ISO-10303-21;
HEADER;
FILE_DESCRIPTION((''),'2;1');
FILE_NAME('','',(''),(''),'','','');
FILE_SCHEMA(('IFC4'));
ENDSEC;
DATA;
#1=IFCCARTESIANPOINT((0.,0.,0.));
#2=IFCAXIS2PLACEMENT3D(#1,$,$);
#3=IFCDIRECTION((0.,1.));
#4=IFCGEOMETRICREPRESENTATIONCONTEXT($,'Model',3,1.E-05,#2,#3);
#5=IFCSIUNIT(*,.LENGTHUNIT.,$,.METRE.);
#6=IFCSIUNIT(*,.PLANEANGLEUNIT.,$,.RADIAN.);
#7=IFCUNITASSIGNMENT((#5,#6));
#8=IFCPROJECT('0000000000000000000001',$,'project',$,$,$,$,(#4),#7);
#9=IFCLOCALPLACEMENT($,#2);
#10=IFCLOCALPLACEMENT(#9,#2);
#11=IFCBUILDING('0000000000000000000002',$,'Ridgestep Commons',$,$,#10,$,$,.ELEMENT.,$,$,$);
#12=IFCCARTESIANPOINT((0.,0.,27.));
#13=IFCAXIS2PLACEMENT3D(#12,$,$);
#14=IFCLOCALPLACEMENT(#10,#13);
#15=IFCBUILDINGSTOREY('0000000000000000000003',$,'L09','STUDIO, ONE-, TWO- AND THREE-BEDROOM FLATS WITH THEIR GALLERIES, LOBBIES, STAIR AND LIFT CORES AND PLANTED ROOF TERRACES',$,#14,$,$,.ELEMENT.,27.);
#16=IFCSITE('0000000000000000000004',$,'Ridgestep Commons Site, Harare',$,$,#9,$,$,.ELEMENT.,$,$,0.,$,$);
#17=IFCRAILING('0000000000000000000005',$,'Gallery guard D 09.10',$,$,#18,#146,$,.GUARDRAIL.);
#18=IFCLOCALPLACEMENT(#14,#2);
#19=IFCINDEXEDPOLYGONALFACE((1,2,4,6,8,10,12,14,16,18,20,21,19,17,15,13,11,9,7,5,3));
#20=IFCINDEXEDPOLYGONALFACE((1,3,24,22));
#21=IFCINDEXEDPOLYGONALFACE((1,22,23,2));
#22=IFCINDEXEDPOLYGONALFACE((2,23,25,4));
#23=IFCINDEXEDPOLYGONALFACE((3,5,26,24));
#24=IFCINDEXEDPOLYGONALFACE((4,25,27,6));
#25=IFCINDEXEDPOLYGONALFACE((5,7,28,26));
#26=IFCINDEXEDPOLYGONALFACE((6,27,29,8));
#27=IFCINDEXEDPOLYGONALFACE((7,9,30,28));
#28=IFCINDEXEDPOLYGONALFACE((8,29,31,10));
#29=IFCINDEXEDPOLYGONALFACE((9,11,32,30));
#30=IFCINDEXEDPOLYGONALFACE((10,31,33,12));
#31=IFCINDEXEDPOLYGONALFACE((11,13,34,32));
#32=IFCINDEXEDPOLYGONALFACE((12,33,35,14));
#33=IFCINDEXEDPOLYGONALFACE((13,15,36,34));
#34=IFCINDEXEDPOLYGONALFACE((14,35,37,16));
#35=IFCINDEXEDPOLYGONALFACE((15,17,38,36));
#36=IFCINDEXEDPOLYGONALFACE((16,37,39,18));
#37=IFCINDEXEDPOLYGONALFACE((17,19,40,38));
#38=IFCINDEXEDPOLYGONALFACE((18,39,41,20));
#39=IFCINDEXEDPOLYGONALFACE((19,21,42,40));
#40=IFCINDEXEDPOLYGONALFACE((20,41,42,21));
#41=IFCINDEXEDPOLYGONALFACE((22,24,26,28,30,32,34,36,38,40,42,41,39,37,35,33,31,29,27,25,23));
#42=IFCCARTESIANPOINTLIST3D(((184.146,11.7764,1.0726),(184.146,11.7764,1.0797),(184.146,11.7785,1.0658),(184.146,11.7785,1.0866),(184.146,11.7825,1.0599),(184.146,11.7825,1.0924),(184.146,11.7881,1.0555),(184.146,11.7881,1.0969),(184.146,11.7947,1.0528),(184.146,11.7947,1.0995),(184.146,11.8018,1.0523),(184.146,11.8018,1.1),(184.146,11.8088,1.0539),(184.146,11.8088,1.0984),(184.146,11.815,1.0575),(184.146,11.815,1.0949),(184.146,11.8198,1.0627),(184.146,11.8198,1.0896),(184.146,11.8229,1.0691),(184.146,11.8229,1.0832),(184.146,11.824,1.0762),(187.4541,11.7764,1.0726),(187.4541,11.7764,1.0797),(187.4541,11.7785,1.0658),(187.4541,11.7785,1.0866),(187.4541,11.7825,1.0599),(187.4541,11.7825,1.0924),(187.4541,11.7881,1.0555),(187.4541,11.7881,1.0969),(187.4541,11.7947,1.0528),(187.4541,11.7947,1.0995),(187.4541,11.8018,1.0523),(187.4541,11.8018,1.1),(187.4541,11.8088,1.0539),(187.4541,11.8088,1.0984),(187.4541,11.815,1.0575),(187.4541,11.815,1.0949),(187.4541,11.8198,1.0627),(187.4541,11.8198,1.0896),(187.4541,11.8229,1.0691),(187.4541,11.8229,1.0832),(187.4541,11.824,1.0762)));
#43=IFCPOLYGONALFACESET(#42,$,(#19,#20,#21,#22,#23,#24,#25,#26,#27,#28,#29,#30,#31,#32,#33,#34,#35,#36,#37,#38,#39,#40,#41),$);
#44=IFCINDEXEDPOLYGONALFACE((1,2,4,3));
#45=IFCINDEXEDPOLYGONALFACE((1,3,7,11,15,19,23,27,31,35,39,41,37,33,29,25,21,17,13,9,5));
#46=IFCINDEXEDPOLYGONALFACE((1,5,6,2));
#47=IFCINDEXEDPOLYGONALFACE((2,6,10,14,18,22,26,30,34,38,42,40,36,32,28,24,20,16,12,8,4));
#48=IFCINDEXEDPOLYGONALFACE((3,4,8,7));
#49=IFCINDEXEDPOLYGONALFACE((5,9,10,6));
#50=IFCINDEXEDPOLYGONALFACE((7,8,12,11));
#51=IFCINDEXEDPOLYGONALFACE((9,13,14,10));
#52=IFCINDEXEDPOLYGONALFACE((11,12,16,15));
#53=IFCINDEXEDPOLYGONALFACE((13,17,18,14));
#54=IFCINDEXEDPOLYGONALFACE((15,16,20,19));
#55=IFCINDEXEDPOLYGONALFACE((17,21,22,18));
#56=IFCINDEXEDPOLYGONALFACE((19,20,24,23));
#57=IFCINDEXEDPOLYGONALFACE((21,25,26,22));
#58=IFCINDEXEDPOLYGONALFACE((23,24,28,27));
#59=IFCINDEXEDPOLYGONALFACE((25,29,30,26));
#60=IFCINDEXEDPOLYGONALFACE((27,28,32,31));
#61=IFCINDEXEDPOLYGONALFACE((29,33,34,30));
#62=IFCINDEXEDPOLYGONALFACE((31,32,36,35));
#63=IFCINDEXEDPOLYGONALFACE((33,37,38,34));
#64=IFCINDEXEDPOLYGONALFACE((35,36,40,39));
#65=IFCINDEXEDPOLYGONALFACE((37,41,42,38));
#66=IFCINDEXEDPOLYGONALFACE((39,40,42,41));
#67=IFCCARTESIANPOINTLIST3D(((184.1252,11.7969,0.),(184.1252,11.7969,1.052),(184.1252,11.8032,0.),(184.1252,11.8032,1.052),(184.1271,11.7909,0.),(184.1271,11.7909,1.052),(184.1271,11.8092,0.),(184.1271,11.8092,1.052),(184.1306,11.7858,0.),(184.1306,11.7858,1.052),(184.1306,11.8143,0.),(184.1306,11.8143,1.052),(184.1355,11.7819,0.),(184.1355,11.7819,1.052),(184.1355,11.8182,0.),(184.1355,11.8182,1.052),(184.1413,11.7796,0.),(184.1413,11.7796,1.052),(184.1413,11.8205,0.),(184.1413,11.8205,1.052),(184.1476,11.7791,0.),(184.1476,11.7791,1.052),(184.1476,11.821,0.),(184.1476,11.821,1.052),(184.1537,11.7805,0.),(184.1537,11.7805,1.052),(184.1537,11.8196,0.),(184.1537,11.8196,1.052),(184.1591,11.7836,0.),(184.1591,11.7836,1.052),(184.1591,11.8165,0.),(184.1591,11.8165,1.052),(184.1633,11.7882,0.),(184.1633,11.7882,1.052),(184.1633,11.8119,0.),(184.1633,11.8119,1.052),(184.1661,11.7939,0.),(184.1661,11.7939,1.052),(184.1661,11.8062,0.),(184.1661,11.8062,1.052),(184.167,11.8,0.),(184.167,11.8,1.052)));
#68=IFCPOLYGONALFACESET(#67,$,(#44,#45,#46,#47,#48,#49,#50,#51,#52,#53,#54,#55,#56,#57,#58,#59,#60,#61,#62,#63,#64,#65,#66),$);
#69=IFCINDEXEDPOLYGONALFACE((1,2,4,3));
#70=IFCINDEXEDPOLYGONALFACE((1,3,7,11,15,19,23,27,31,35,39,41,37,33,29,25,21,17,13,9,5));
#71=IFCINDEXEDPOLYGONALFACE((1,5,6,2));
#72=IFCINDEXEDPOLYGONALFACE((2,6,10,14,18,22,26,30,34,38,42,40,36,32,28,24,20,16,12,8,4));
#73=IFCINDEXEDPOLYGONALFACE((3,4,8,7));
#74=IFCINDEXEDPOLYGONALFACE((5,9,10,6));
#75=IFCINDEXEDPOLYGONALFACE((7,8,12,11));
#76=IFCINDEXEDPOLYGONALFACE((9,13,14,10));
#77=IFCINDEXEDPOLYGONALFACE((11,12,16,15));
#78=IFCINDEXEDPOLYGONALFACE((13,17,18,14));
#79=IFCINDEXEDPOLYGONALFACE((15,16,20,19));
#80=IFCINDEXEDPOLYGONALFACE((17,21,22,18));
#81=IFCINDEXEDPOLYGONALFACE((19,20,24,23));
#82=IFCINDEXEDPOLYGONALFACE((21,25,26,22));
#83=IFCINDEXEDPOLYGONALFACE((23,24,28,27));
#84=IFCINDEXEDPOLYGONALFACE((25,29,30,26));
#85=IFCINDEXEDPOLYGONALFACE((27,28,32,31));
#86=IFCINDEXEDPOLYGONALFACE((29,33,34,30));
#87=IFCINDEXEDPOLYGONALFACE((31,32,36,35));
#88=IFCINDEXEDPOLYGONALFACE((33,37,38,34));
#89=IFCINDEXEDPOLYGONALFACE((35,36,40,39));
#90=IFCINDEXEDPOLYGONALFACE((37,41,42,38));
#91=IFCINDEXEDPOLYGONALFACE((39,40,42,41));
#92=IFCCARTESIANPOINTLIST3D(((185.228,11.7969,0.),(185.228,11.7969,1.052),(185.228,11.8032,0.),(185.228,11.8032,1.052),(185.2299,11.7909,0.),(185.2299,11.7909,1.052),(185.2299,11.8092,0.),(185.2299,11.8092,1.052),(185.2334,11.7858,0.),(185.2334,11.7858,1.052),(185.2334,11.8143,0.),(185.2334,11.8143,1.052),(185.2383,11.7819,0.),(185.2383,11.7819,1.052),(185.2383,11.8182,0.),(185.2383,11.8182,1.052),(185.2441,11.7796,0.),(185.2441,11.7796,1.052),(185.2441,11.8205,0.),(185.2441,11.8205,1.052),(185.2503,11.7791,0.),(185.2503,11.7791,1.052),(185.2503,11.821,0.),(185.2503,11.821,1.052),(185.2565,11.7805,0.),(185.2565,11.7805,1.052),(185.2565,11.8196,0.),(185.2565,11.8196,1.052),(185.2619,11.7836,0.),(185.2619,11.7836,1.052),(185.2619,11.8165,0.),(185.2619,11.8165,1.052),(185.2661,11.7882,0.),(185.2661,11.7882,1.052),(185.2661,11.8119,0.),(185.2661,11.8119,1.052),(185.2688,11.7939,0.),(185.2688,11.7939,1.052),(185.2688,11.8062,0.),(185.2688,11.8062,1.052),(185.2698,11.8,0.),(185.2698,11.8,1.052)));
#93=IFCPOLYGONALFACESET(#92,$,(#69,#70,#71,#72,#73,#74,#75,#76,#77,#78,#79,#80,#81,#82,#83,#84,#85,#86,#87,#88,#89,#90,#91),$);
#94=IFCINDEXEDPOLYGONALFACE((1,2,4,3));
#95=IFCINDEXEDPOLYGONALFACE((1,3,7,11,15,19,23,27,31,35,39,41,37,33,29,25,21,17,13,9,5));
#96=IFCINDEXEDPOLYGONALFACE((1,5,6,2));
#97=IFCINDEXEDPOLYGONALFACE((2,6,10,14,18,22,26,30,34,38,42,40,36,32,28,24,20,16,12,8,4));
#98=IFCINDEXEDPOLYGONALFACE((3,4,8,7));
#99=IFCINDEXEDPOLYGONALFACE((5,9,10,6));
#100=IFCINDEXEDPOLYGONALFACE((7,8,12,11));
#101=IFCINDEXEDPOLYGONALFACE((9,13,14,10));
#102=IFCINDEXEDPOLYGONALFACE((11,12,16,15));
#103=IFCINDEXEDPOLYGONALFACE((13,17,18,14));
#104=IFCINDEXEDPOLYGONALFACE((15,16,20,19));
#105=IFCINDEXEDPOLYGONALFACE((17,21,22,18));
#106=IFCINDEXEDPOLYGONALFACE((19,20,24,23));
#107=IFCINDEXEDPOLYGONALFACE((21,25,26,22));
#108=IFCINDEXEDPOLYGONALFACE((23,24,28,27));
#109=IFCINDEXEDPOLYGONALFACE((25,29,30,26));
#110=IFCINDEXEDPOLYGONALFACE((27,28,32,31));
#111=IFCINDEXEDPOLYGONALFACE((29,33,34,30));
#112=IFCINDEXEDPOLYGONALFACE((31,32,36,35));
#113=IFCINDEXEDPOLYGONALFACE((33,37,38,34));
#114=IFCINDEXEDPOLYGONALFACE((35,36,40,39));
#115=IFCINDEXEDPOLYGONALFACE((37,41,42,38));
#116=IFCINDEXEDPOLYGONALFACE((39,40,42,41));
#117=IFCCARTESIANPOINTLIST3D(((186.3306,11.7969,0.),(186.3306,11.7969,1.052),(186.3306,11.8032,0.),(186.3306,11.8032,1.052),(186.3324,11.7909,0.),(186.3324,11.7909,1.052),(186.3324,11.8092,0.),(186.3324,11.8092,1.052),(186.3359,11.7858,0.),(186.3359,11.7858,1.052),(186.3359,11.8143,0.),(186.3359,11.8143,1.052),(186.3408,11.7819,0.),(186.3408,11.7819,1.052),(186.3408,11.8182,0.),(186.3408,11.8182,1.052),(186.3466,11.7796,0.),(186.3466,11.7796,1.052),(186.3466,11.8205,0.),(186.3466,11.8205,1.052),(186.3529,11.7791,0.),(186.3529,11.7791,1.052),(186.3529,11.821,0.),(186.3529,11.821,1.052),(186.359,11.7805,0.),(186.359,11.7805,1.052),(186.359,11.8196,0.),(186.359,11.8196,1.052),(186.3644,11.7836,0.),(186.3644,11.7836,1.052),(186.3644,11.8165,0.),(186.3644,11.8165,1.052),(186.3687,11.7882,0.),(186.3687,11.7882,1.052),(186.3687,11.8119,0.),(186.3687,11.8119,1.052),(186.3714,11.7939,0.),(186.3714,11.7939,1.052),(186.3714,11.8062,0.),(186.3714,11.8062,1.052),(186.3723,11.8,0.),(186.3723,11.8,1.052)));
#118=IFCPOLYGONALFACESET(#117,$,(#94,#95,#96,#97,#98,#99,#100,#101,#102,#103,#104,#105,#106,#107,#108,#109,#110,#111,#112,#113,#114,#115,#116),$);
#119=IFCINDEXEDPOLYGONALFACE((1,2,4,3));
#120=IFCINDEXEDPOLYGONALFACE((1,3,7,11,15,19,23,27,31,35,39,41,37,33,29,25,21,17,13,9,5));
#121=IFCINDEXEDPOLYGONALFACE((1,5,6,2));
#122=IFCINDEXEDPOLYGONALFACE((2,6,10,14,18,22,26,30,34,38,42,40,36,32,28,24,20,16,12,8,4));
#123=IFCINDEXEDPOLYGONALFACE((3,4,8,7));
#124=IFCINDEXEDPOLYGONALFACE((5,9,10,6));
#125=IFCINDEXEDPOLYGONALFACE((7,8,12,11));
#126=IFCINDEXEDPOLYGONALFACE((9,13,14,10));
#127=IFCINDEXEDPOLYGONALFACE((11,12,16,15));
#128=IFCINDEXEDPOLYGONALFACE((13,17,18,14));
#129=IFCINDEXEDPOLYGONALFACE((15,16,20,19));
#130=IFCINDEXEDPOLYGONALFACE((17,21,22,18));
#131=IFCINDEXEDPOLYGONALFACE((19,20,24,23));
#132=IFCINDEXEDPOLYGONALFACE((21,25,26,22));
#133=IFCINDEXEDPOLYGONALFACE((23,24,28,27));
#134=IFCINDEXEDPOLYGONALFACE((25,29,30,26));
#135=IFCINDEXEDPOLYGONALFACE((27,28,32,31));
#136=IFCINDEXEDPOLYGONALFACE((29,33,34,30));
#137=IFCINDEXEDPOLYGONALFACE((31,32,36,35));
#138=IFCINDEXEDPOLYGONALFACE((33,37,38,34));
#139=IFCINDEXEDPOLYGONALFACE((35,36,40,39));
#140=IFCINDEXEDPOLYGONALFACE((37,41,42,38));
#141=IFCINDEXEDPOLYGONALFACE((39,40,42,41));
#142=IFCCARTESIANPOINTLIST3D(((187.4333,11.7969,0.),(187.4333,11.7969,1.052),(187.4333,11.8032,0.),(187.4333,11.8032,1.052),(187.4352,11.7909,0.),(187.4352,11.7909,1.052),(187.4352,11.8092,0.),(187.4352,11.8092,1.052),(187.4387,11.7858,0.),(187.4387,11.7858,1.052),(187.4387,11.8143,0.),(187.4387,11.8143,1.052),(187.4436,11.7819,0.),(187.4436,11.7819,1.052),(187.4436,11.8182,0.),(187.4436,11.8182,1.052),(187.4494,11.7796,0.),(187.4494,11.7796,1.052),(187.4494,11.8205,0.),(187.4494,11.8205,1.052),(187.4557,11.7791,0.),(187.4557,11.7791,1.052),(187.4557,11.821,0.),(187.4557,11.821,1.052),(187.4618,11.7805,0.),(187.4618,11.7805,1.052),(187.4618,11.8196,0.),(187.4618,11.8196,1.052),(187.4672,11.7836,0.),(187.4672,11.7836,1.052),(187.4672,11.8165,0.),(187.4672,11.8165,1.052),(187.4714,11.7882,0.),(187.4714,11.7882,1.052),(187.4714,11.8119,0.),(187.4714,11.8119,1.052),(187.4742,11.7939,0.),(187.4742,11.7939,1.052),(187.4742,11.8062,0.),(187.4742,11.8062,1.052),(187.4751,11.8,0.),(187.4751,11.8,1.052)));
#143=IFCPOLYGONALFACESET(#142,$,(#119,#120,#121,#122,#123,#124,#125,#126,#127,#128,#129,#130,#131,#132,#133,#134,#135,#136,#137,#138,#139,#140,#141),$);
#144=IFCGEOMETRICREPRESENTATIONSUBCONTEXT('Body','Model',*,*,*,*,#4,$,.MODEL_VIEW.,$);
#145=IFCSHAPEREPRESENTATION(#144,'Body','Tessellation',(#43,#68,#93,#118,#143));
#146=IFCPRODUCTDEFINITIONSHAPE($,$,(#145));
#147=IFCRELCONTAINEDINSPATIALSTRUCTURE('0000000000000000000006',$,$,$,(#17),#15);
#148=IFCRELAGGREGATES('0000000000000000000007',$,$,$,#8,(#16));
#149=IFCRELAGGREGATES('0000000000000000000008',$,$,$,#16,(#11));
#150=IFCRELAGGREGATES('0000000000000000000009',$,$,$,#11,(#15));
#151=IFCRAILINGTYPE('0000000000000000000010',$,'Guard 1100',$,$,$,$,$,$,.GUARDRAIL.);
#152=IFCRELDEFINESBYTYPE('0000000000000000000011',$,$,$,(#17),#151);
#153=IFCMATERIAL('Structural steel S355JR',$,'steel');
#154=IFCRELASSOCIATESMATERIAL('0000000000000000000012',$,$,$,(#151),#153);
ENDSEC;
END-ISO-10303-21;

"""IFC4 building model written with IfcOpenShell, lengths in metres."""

from ifc_helpers import new_model, si_unit, direction, frame, origin, origin_2d, place, context, subcontext, project, spatial, circle, extrude, material, type_object, element, save


model = new_model("IFC4")

# Units and contexts
model_context = context("Model", 3, precision=1e-05, world=origin(), true_north=direction((0.0, 1.0)))
body_context = subcontext(model_context, "Body", "Model", "MODEL_VIEW")
ifc_project = project(units=[si_unit("LENGTHUNIT", "METRE"), si_unit("PLANEANGLEUNIT", "RADIAN")], contexts=[model_context])

# Site, building, storey
site_placement = place(None, origin())
site = spatial("IfcSite", under=ifc_project, at=site_placement, Name="Ridgestep Commons Site, Harare", CompositionType="ELEMENT", RefElevation=0.0)
building_placement = place(site_placement, origin())
building = spatial("IfcBuilding", under=site, at=building_placement, Name="Ridgestep Commons", CompositionType="ELEMENT")
storey_placement = place(building_placement, frame((0.0, 0.0, 27.0)))
storey = spatial("IfcBuildingStorey", under=building, at=storey_placement, Name="L09", Description="STUDIO, ONE-, TWO- AND THREE-BEDROOM FLATS WITH THEIR GALLERIES, LOBBIES, STAIR AND LIFT CORES AND PLANTED ROOF TERRACES", CompositionType="ELEMENT", Elevation=27.0)

# Railing
ifc_material_1 = material(Name="Structural steel S355JR", Category="steel")
railing_type = type_object("IfcRailingType", Name="Guard 1100", PredefinedType="GUARDRAIL", material=ifc_material_1)
railing_1_placement = place(storey_placement, frame((184.146, 11.8, 0.0)))
element("IfcRailing", 1, at=railing_1_placement, inside=storey, type_object=railing_type, Name="Gallery guard D 09.10", PredefinedType="GUARDRAIL", context=body_context, shape_type="SweptSolid", body=[
    extrude(circle(Radius=0.0239, at=origin_2d()), frame((0.0, 0.0, 1.0762), z_axis=(1.0, 0.0, 0.0), x_axis=(0.0, 1.0, 0.0)), (0.0, 0.0, 1.0), 3.3081),
    extrude(circle(Radius=0.021, at=origin_2d()), origin(), (0.0, 0.0, 1.0), 1.052),
    extrude(circle(Radius=0.021, at=origin_2d()), frame((1.1028, 0.0, 0.0)), (0.0, 0.0, 1.0), 1.052),
    extrude(circle(Radius=0.021, at=origin_2d()), frame((2.2053, 0.0, 0.0)), (0.0, 0.0, 1.0), 1.052),
    extrude(circle(Radius=0.021, at=origin_2d()), frame((3.3081, 0.0, 0.0)), (0.0, 0.0, 1.0), 1.052),
])

save(model, "model.ifc")
